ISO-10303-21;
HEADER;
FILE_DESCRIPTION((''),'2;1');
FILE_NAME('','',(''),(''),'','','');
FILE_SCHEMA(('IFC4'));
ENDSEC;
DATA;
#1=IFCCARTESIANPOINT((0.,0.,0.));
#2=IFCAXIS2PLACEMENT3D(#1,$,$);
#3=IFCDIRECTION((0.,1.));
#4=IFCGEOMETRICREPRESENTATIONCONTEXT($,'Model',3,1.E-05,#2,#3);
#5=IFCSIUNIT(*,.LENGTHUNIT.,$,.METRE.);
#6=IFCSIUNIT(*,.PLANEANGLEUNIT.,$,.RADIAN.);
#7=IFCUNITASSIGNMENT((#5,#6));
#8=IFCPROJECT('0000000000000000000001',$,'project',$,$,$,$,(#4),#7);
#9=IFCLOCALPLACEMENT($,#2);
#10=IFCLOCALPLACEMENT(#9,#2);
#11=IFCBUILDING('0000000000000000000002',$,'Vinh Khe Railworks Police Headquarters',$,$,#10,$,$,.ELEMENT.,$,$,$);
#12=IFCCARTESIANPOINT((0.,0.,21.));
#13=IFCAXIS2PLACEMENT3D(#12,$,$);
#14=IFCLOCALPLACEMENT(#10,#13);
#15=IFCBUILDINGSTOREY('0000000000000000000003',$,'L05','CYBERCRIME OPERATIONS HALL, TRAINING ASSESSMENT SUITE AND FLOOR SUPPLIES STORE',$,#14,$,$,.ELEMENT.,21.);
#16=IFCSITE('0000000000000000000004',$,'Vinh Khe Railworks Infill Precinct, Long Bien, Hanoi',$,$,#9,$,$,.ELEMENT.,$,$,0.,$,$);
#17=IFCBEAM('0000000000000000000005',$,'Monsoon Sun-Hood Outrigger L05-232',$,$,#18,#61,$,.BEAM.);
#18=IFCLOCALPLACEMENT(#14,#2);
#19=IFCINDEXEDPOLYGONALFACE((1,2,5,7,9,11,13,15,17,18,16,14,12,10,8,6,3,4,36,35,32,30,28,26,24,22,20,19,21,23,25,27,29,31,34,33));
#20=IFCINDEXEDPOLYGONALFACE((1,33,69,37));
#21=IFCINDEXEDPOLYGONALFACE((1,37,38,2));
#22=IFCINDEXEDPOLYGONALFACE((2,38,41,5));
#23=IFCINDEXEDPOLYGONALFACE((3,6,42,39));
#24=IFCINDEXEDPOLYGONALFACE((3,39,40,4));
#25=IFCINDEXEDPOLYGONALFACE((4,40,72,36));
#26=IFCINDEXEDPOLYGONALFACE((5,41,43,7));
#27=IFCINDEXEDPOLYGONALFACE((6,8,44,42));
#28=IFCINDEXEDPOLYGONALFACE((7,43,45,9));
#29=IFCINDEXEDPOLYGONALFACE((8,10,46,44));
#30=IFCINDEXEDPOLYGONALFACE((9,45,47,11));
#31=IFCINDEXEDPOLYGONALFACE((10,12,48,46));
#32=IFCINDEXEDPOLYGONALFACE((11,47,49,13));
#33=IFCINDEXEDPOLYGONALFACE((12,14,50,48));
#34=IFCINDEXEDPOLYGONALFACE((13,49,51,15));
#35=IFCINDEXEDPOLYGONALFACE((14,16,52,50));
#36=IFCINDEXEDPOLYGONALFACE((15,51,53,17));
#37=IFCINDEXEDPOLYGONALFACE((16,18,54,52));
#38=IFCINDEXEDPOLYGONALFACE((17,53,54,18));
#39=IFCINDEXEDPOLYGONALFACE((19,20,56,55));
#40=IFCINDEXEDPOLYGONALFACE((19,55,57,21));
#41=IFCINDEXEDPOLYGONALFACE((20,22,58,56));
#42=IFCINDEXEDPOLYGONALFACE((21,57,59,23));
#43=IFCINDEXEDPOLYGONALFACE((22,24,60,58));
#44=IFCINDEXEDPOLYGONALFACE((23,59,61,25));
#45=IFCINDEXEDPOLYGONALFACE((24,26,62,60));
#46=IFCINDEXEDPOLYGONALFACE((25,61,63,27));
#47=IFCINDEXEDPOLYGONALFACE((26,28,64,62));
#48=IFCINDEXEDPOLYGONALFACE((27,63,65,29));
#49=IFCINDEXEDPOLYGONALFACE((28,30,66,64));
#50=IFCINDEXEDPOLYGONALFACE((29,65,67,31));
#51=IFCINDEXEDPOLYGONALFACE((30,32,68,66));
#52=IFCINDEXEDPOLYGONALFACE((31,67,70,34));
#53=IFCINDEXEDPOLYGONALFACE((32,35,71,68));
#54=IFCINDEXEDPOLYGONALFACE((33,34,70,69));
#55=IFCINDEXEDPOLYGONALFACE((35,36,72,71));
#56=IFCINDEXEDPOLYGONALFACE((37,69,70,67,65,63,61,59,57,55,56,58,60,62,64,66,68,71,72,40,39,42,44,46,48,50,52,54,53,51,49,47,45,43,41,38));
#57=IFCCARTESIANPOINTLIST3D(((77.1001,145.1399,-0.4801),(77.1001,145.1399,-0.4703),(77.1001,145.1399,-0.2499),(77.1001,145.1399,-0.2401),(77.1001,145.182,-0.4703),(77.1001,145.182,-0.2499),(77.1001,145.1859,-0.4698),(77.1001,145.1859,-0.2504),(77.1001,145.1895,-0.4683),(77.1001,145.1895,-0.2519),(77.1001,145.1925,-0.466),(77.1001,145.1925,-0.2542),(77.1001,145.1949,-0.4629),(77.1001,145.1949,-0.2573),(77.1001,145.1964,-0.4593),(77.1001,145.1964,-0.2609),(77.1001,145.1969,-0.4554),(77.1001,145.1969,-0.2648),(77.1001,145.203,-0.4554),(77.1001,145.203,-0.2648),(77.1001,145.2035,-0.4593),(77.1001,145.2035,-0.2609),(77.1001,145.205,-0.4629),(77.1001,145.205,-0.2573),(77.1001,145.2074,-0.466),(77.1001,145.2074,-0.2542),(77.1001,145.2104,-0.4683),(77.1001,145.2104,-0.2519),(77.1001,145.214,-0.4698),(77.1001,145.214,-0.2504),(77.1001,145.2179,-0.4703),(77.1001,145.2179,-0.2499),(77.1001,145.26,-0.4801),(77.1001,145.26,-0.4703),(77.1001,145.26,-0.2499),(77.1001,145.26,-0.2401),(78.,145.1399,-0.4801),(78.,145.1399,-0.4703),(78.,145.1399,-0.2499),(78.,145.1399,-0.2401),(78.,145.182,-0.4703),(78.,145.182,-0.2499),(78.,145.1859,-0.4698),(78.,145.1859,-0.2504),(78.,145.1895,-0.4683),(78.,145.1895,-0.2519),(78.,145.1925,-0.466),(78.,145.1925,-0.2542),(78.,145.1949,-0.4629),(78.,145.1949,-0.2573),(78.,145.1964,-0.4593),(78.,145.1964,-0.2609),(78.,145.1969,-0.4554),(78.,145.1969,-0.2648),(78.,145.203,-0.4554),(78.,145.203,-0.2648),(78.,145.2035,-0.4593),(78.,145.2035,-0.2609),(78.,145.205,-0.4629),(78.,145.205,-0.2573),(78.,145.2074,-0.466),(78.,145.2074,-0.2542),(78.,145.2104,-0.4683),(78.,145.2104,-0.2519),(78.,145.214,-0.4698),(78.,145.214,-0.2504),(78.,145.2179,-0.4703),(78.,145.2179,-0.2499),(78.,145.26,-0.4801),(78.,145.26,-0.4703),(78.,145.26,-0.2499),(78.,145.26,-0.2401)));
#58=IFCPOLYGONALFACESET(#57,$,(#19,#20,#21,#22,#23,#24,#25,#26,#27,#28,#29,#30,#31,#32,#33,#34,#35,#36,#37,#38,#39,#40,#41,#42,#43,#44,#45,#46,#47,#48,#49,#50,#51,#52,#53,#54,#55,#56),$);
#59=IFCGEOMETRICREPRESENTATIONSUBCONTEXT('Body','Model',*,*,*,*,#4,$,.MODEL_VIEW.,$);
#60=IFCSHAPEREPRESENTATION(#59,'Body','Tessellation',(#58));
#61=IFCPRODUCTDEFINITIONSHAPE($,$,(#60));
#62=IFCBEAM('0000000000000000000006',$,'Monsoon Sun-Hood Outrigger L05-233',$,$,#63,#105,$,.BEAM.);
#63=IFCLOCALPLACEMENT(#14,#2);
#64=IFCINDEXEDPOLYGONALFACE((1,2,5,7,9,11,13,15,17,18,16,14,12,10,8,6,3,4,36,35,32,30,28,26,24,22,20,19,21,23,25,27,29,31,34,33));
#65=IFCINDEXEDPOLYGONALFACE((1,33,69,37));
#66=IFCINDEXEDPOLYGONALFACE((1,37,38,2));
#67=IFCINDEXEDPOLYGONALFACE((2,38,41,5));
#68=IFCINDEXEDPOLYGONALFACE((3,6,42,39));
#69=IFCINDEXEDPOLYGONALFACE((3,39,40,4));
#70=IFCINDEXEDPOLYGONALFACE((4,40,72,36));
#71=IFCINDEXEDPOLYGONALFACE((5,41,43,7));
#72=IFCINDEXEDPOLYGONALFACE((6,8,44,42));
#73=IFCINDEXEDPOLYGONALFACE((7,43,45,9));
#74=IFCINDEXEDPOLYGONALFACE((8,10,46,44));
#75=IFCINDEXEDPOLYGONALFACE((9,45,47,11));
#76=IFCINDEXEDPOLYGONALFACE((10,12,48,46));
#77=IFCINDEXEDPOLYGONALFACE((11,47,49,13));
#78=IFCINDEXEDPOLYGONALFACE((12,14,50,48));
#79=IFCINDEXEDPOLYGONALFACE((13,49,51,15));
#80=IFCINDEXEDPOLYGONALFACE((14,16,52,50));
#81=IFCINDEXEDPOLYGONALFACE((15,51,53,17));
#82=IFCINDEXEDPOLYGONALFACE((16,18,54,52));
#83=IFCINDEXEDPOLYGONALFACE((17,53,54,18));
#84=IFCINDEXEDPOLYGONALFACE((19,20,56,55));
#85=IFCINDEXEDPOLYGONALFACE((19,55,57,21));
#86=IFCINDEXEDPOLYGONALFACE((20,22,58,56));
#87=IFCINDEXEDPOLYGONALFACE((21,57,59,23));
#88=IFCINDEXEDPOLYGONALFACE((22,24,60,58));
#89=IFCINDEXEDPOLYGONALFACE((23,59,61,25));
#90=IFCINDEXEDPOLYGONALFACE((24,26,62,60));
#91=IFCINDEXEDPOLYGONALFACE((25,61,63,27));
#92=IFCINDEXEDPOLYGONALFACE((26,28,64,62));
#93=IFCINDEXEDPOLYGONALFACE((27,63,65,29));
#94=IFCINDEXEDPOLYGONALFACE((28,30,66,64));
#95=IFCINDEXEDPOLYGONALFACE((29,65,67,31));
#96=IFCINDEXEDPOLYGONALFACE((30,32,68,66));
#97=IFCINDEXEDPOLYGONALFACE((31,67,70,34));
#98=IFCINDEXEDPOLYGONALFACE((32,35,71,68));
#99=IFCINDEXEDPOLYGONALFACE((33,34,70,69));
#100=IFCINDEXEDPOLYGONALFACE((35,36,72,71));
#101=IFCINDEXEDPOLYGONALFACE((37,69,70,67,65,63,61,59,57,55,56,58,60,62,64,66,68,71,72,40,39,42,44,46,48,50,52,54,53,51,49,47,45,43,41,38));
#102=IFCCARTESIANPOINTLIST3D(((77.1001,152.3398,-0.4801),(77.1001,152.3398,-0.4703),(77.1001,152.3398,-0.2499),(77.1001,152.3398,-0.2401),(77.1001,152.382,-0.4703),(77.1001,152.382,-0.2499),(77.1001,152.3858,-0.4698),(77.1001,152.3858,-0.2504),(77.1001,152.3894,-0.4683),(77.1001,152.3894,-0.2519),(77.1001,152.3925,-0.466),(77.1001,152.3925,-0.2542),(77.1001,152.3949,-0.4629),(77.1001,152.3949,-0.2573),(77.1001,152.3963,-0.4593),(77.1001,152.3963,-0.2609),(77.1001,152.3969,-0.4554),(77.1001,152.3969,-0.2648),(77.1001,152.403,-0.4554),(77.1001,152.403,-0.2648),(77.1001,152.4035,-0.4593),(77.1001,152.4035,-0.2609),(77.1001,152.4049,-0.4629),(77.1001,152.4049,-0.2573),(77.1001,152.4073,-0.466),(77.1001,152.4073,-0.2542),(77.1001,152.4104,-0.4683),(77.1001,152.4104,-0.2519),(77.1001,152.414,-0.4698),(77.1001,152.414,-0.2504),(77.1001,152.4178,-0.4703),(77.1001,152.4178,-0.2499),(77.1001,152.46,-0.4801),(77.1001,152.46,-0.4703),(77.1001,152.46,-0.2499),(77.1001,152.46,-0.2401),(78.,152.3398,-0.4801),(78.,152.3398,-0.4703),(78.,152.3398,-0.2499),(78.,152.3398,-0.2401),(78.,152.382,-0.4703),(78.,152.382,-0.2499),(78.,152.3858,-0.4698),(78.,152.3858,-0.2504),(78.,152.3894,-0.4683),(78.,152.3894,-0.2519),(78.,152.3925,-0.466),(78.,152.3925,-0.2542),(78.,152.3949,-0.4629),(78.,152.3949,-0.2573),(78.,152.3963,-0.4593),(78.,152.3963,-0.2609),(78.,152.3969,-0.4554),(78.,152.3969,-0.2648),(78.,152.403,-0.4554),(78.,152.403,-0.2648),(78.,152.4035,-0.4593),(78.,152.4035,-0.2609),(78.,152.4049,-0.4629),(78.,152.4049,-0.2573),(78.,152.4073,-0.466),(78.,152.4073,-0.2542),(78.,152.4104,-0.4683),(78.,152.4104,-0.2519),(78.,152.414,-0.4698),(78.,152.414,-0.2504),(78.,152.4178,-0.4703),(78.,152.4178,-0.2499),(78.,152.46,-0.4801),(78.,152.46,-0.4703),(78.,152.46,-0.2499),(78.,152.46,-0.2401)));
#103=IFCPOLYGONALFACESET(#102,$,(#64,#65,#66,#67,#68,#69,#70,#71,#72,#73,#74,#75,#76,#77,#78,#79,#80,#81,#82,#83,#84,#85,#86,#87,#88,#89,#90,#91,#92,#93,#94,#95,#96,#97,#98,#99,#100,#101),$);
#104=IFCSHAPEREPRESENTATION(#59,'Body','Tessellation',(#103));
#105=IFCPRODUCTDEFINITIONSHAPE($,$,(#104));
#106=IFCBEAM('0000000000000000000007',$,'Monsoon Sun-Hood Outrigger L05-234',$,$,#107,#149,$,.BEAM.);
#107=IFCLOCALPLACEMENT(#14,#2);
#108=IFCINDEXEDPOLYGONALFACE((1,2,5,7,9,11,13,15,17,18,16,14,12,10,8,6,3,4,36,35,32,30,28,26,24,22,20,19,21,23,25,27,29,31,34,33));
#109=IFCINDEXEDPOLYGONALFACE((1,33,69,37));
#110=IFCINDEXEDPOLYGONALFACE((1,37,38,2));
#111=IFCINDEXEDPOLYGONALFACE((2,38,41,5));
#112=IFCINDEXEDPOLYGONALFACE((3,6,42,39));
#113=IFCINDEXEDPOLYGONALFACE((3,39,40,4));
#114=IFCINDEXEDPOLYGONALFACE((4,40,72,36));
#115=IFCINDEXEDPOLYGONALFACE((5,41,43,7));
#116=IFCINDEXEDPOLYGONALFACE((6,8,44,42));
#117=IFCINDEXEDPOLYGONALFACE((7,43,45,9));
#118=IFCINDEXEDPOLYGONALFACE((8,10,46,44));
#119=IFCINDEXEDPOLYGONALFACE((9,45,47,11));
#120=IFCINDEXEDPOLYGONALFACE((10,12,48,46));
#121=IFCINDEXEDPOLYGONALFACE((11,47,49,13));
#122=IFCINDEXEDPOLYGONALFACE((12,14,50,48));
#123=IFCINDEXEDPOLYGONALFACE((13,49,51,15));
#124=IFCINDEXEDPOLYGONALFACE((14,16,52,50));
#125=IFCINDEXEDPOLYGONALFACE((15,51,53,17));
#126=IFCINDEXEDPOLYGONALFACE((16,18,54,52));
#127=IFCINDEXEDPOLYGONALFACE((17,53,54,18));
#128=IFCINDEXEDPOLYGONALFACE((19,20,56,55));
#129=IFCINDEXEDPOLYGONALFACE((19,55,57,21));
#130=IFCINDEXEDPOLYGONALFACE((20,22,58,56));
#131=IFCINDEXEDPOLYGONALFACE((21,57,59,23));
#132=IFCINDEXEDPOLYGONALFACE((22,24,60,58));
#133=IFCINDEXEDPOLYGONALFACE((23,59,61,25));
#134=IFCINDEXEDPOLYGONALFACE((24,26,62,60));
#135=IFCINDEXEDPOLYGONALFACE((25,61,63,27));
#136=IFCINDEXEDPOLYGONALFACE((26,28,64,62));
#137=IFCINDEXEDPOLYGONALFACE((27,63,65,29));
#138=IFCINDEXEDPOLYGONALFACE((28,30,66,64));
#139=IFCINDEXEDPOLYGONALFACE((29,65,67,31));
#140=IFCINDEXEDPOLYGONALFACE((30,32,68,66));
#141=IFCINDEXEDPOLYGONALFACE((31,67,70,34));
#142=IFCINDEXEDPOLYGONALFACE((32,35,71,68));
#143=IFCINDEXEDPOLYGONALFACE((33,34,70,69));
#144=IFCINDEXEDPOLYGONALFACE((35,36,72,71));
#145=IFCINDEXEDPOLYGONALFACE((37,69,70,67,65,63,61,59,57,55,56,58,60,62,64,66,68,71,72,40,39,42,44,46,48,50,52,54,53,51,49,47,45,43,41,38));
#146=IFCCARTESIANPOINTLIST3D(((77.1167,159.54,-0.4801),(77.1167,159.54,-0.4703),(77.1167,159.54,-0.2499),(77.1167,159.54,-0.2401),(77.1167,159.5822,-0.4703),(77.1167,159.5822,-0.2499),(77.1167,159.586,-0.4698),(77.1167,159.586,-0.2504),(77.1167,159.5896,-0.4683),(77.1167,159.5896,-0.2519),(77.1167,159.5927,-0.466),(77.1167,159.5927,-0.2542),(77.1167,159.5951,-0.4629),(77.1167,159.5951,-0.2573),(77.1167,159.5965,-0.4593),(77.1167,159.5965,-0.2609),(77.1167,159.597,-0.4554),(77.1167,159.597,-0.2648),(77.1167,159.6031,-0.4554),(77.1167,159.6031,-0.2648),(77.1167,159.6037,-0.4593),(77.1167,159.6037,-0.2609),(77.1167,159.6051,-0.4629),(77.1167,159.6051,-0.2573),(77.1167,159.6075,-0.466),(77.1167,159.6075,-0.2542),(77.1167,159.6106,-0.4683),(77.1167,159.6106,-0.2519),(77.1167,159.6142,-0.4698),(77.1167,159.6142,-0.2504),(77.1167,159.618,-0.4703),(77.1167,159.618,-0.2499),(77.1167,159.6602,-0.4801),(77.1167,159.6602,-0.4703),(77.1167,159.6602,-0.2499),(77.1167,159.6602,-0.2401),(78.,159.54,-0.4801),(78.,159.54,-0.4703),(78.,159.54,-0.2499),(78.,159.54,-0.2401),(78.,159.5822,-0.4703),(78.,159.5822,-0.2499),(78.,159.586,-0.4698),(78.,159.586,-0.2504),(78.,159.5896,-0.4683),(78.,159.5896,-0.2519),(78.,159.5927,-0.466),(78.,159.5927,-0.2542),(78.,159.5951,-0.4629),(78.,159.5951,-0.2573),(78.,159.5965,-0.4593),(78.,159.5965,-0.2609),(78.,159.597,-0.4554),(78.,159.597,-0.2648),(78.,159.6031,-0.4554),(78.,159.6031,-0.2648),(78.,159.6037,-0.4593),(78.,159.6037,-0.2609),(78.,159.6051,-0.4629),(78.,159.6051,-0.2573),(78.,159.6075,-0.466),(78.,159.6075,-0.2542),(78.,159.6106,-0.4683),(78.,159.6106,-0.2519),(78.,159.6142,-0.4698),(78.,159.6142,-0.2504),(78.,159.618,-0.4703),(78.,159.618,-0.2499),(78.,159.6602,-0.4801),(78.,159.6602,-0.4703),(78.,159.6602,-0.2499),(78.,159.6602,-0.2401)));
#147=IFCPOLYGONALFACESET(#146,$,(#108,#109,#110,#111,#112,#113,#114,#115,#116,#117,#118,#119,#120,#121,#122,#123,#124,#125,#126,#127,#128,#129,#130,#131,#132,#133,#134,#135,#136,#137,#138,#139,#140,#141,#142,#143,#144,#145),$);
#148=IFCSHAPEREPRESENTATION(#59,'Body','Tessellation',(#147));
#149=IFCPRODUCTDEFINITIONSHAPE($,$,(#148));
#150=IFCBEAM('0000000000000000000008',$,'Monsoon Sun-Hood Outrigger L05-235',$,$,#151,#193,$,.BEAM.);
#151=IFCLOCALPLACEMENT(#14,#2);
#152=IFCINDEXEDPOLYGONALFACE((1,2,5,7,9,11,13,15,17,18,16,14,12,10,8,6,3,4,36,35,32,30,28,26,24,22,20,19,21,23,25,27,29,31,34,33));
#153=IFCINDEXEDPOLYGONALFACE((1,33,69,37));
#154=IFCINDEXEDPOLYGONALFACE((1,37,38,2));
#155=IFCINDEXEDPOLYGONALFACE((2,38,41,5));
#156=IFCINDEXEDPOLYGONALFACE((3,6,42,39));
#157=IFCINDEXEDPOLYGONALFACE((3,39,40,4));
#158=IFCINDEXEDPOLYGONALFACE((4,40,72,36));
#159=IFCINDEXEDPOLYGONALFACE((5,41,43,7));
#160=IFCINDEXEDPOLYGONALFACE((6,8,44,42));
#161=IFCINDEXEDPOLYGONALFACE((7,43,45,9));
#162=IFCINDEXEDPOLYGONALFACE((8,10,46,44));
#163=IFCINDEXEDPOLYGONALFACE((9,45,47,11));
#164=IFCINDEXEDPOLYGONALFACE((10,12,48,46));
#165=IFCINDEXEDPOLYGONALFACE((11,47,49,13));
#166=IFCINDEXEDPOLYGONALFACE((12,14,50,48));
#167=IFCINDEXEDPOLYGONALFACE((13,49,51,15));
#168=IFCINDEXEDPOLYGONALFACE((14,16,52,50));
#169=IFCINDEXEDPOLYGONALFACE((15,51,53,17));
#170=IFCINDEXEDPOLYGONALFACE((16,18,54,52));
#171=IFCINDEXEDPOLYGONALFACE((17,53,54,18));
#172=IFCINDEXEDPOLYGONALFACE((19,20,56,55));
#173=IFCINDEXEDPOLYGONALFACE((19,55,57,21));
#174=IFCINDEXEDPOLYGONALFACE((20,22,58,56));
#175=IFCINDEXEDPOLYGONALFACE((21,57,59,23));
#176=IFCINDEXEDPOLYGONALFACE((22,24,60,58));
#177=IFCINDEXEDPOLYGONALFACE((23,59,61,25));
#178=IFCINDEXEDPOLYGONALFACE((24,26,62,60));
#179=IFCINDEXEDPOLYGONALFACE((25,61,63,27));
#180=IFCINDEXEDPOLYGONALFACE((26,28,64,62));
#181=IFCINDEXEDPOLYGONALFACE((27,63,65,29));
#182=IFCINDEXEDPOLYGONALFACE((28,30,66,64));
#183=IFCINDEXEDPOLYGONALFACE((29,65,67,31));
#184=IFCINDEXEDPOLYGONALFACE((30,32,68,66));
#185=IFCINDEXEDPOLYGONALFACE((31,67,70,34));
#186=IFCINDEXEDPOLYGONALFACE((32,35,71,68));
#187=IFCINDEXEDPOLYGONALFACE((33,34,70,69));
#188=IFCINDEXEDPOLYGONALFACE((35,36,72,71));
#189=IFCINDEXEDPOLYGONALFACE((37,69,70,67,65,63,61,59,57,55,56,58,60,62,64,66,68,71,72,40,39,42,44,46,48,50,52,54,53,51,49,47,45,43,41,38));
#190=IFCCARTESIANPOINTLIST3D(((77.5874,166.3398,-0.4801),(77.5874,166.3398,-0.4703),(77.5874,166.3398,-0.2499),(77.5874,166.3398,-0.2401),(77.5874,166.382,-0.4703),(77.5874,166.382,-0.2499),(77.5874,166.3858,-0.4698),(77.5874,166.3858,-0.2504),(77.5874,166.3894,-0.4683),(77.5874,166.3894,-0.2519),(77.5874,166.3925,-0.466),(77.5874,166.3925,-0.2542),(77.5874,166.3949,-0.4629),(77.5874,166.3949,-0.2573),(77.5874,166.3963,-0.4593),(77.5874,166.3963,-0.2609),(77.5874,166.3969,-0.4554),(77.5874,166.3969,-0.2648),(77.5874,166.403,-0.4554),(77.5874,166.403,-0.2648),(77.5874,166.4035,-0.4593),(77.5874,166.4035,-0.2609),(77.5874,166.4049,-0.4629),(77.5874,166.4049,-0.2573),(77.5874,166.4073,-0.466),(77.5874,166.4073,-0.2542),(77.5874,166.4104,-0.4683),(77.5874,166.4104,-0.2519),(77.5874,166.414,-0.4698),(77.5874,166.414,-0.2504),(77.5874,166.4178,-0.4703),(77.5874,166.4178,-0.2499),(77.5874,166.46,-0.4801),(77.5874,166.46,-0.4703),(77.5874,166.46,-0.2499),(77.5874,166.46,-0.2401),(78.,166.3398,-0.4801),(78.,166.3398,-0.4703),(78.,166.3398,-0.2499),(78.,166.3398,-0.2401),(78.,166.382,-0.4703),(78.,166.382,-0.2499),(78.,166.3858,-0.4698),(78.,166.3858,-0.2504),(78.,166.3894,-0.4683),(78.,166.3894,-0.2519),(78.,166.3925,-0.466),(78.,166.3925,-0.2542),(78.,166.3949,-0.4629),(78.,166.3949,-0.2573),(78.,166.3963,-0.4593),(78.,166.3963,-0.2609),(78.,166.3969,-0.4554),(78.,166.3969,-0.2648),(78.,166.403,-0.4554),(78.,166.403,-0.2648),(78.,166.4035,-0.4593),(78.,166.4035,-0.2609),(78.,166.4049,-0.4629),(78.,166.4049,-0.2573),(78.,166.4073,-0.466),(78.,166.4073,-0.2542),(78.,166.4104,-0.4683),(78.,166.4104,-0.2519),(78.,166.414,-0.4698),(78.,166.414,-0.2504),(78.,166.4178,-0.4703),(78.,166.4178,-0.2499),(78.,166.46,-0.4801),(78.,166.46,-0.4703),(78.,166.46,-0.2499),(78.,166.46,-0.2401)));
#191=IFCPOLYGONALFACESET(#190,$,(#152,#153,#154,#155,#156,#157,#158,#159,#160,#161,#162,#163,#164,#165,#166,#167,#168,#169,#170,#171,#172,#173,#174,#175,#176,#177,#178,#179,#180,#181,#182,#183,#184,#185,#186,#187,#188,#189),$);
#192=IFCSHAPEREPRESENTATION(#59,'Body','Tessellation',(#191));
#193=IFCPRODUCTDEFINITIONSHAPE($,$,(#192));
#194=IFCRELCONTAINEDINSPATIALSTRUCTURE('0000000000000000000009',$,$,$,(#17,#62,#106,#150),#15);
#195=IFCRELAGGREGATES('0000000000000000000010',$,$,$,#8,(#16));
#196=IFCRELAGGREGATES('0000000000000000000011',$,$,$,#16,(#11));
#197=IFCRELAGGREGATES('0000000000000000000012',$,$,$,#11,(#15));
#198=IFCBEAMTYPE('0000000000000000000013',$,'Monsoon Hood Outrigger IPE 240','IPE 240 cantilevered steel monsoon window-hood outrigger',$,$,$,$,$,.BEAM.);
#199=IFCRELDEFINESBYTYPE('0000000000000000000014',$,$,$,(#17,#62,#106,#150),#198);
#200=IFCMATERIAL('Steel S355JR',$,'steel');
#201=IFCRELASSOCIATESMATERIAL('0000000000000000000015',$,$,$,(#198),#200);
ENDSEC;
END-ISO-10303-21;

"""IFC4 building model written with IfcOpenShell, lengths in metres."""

from ifc_helpers import new_model, si_unit, direction, frame, origin, origin_2d, place, context, subcontext, project, spatial, i_section, extrude, material, material_profile, profile_set, type_object, element, save


model = new_model("IFC4")

# Units and contexts
model_context = context("Model", 3, precision=1e-05, world=origin(), true_north=direction((0.0, 1.0)))
body_context = subcontext(model_context, "Body", "Model", "MODEL_VIEW")
ifc_project = project(units=[si_unit("LENGTHUNIT", "METRE"), si_unit("PLANEANGLEUNIT", "RADIAN")], contexts=[model_context])

# Site, building, storey
site_placement = place(None, origin())
site = spatial("IfcSite", under=ifc_project, at=site_placement, Name="Vinh Khe Railworks Infill Precinct, Long Bien, Hanoi", CompositionType="ELEMENT", RefElevation=0.0)
building_placement = place(site_placement, origin())
building = spatial("IfcBuilding", under=site, at=building_placement, Name="Vinh Khe Railworks Police Headquarters", CompositionType="ELEMENT")
storey_placement = place(building_placement, frame((0.0, 0.0, 21.0)))
storey = spatial("IfcBuildingStorey", under=building, at=storey_placement, Name="L05", Description="CYBERCRIME OPERATIONS HALL, TRAINING ASSESSMENT SUITE AND FLOOR SUPPLIES STORE", CompositionType="ELEMENT", Elevation=21.0)

# Shared definitions
ifc_material_1 = material(Name="Steel S355JR", Category="steel")

# Beams
ifc_material_profile_1 = material_profile(ifc_material_1, i_section(OverallWidth=0.1201, OverallDepth=0.24, WebThickness=0.0061, FlangeThickness=0.0098, FilletRadius=0.0149, at=origin_2d()), Name="IPE 240")
ifc_profile_set_1 = profile_set([ifc_material_profile_1], Name="Steel S355JR")
beam_type_1 = type_object("IfcBeamType", Name="Monsoon Hood Outrigger IPE 240", Description="IPE 240 cantilevered steel monsoon window-hood outrigger", PredefinedType="BEAM", material=ifc_profile_set_1)
for number, where, z_axis, x_axis, name in (
    (1, (77.1001, 145.2, -0.3601), (1.0, 0.0, 0.0), (0.0, 1.0, 0.0), "Monsoon Sun-Hood Outrigger L05-232"),
    (2, (77.1001, 152.3999, -0.3601), (1.0, 0.0, 0.0), (0.0, 1.0, 0.0), "Monsoon Sun-Hood Outrigger L05-233"),
):
    element("IfcBeam", number, at=place(storey_placement, frame(where, z_axis=z_axis, x_axis=x_axis)), inside=storey, type_object=beam_type_1, Name=name, PredefinedType="BEAM", context=body_context, shape_type="SweptSolid", body=[
        extrude(i_section(OverallWidth=0.1201, OverallDepth=0.24, WebThickness=0.0061, FlangeThickness=0.0098, FilletRadius=0.0149, at=origin_2d()), origin(), (0.0, 0.0, 1.0), 0.8999),
    ])
beam_1_placement = place(storey_placement, frame((77.1167, 159.6001, -0.3601), z_axis=(1.0, 0.0, 0.0), x_axis=(0.0, 1.0, 0.0)))
element("IfcBeam", 3, at=beam_1_placement, inside=storey, type_object=beam_type_1, Name="Monsoon Sun-Hood Outrigger L05-234", PredefinedType="BEAM", context=body_context, shape_type="SweptSolid", body=[
    extrude(i_section(OverallWidth=0.1201, OverallDepth=0.24, WebThickness=0.0061, FlangeThickness=0.0098, FilletRadius=0.0149, at=origin_2d()), origin(), (0.0, 0.0, 1.0), 0.8833),
])
beam_2_placement = place(storey_placement, frame((77.5874, 166.3999, -0.3601), z_axis=(1.0, 0.0, 0.0), x_axis=(0.0, 1.0, 0.0)))
element("IfcBeam", 4, at=beam_2_placement, inside=storey, type_object=beam_type_1, Name="Monsoon Sun-Hood Outrigger L05-235", PredefinedType="BEAM", context=body_context, shape_type="SweptSolid", body=[
    extrude(i_section(OverallWidth=0.1201, OverallDepth=0.24, WebThickness=0.0061, FlangeThickness=0.0098, FilletRadius=0.0149, at=origin_2d()), origin(), (0.0, 0.0, 1.0), 0.4126),
])

save(model, "model.ifc")
